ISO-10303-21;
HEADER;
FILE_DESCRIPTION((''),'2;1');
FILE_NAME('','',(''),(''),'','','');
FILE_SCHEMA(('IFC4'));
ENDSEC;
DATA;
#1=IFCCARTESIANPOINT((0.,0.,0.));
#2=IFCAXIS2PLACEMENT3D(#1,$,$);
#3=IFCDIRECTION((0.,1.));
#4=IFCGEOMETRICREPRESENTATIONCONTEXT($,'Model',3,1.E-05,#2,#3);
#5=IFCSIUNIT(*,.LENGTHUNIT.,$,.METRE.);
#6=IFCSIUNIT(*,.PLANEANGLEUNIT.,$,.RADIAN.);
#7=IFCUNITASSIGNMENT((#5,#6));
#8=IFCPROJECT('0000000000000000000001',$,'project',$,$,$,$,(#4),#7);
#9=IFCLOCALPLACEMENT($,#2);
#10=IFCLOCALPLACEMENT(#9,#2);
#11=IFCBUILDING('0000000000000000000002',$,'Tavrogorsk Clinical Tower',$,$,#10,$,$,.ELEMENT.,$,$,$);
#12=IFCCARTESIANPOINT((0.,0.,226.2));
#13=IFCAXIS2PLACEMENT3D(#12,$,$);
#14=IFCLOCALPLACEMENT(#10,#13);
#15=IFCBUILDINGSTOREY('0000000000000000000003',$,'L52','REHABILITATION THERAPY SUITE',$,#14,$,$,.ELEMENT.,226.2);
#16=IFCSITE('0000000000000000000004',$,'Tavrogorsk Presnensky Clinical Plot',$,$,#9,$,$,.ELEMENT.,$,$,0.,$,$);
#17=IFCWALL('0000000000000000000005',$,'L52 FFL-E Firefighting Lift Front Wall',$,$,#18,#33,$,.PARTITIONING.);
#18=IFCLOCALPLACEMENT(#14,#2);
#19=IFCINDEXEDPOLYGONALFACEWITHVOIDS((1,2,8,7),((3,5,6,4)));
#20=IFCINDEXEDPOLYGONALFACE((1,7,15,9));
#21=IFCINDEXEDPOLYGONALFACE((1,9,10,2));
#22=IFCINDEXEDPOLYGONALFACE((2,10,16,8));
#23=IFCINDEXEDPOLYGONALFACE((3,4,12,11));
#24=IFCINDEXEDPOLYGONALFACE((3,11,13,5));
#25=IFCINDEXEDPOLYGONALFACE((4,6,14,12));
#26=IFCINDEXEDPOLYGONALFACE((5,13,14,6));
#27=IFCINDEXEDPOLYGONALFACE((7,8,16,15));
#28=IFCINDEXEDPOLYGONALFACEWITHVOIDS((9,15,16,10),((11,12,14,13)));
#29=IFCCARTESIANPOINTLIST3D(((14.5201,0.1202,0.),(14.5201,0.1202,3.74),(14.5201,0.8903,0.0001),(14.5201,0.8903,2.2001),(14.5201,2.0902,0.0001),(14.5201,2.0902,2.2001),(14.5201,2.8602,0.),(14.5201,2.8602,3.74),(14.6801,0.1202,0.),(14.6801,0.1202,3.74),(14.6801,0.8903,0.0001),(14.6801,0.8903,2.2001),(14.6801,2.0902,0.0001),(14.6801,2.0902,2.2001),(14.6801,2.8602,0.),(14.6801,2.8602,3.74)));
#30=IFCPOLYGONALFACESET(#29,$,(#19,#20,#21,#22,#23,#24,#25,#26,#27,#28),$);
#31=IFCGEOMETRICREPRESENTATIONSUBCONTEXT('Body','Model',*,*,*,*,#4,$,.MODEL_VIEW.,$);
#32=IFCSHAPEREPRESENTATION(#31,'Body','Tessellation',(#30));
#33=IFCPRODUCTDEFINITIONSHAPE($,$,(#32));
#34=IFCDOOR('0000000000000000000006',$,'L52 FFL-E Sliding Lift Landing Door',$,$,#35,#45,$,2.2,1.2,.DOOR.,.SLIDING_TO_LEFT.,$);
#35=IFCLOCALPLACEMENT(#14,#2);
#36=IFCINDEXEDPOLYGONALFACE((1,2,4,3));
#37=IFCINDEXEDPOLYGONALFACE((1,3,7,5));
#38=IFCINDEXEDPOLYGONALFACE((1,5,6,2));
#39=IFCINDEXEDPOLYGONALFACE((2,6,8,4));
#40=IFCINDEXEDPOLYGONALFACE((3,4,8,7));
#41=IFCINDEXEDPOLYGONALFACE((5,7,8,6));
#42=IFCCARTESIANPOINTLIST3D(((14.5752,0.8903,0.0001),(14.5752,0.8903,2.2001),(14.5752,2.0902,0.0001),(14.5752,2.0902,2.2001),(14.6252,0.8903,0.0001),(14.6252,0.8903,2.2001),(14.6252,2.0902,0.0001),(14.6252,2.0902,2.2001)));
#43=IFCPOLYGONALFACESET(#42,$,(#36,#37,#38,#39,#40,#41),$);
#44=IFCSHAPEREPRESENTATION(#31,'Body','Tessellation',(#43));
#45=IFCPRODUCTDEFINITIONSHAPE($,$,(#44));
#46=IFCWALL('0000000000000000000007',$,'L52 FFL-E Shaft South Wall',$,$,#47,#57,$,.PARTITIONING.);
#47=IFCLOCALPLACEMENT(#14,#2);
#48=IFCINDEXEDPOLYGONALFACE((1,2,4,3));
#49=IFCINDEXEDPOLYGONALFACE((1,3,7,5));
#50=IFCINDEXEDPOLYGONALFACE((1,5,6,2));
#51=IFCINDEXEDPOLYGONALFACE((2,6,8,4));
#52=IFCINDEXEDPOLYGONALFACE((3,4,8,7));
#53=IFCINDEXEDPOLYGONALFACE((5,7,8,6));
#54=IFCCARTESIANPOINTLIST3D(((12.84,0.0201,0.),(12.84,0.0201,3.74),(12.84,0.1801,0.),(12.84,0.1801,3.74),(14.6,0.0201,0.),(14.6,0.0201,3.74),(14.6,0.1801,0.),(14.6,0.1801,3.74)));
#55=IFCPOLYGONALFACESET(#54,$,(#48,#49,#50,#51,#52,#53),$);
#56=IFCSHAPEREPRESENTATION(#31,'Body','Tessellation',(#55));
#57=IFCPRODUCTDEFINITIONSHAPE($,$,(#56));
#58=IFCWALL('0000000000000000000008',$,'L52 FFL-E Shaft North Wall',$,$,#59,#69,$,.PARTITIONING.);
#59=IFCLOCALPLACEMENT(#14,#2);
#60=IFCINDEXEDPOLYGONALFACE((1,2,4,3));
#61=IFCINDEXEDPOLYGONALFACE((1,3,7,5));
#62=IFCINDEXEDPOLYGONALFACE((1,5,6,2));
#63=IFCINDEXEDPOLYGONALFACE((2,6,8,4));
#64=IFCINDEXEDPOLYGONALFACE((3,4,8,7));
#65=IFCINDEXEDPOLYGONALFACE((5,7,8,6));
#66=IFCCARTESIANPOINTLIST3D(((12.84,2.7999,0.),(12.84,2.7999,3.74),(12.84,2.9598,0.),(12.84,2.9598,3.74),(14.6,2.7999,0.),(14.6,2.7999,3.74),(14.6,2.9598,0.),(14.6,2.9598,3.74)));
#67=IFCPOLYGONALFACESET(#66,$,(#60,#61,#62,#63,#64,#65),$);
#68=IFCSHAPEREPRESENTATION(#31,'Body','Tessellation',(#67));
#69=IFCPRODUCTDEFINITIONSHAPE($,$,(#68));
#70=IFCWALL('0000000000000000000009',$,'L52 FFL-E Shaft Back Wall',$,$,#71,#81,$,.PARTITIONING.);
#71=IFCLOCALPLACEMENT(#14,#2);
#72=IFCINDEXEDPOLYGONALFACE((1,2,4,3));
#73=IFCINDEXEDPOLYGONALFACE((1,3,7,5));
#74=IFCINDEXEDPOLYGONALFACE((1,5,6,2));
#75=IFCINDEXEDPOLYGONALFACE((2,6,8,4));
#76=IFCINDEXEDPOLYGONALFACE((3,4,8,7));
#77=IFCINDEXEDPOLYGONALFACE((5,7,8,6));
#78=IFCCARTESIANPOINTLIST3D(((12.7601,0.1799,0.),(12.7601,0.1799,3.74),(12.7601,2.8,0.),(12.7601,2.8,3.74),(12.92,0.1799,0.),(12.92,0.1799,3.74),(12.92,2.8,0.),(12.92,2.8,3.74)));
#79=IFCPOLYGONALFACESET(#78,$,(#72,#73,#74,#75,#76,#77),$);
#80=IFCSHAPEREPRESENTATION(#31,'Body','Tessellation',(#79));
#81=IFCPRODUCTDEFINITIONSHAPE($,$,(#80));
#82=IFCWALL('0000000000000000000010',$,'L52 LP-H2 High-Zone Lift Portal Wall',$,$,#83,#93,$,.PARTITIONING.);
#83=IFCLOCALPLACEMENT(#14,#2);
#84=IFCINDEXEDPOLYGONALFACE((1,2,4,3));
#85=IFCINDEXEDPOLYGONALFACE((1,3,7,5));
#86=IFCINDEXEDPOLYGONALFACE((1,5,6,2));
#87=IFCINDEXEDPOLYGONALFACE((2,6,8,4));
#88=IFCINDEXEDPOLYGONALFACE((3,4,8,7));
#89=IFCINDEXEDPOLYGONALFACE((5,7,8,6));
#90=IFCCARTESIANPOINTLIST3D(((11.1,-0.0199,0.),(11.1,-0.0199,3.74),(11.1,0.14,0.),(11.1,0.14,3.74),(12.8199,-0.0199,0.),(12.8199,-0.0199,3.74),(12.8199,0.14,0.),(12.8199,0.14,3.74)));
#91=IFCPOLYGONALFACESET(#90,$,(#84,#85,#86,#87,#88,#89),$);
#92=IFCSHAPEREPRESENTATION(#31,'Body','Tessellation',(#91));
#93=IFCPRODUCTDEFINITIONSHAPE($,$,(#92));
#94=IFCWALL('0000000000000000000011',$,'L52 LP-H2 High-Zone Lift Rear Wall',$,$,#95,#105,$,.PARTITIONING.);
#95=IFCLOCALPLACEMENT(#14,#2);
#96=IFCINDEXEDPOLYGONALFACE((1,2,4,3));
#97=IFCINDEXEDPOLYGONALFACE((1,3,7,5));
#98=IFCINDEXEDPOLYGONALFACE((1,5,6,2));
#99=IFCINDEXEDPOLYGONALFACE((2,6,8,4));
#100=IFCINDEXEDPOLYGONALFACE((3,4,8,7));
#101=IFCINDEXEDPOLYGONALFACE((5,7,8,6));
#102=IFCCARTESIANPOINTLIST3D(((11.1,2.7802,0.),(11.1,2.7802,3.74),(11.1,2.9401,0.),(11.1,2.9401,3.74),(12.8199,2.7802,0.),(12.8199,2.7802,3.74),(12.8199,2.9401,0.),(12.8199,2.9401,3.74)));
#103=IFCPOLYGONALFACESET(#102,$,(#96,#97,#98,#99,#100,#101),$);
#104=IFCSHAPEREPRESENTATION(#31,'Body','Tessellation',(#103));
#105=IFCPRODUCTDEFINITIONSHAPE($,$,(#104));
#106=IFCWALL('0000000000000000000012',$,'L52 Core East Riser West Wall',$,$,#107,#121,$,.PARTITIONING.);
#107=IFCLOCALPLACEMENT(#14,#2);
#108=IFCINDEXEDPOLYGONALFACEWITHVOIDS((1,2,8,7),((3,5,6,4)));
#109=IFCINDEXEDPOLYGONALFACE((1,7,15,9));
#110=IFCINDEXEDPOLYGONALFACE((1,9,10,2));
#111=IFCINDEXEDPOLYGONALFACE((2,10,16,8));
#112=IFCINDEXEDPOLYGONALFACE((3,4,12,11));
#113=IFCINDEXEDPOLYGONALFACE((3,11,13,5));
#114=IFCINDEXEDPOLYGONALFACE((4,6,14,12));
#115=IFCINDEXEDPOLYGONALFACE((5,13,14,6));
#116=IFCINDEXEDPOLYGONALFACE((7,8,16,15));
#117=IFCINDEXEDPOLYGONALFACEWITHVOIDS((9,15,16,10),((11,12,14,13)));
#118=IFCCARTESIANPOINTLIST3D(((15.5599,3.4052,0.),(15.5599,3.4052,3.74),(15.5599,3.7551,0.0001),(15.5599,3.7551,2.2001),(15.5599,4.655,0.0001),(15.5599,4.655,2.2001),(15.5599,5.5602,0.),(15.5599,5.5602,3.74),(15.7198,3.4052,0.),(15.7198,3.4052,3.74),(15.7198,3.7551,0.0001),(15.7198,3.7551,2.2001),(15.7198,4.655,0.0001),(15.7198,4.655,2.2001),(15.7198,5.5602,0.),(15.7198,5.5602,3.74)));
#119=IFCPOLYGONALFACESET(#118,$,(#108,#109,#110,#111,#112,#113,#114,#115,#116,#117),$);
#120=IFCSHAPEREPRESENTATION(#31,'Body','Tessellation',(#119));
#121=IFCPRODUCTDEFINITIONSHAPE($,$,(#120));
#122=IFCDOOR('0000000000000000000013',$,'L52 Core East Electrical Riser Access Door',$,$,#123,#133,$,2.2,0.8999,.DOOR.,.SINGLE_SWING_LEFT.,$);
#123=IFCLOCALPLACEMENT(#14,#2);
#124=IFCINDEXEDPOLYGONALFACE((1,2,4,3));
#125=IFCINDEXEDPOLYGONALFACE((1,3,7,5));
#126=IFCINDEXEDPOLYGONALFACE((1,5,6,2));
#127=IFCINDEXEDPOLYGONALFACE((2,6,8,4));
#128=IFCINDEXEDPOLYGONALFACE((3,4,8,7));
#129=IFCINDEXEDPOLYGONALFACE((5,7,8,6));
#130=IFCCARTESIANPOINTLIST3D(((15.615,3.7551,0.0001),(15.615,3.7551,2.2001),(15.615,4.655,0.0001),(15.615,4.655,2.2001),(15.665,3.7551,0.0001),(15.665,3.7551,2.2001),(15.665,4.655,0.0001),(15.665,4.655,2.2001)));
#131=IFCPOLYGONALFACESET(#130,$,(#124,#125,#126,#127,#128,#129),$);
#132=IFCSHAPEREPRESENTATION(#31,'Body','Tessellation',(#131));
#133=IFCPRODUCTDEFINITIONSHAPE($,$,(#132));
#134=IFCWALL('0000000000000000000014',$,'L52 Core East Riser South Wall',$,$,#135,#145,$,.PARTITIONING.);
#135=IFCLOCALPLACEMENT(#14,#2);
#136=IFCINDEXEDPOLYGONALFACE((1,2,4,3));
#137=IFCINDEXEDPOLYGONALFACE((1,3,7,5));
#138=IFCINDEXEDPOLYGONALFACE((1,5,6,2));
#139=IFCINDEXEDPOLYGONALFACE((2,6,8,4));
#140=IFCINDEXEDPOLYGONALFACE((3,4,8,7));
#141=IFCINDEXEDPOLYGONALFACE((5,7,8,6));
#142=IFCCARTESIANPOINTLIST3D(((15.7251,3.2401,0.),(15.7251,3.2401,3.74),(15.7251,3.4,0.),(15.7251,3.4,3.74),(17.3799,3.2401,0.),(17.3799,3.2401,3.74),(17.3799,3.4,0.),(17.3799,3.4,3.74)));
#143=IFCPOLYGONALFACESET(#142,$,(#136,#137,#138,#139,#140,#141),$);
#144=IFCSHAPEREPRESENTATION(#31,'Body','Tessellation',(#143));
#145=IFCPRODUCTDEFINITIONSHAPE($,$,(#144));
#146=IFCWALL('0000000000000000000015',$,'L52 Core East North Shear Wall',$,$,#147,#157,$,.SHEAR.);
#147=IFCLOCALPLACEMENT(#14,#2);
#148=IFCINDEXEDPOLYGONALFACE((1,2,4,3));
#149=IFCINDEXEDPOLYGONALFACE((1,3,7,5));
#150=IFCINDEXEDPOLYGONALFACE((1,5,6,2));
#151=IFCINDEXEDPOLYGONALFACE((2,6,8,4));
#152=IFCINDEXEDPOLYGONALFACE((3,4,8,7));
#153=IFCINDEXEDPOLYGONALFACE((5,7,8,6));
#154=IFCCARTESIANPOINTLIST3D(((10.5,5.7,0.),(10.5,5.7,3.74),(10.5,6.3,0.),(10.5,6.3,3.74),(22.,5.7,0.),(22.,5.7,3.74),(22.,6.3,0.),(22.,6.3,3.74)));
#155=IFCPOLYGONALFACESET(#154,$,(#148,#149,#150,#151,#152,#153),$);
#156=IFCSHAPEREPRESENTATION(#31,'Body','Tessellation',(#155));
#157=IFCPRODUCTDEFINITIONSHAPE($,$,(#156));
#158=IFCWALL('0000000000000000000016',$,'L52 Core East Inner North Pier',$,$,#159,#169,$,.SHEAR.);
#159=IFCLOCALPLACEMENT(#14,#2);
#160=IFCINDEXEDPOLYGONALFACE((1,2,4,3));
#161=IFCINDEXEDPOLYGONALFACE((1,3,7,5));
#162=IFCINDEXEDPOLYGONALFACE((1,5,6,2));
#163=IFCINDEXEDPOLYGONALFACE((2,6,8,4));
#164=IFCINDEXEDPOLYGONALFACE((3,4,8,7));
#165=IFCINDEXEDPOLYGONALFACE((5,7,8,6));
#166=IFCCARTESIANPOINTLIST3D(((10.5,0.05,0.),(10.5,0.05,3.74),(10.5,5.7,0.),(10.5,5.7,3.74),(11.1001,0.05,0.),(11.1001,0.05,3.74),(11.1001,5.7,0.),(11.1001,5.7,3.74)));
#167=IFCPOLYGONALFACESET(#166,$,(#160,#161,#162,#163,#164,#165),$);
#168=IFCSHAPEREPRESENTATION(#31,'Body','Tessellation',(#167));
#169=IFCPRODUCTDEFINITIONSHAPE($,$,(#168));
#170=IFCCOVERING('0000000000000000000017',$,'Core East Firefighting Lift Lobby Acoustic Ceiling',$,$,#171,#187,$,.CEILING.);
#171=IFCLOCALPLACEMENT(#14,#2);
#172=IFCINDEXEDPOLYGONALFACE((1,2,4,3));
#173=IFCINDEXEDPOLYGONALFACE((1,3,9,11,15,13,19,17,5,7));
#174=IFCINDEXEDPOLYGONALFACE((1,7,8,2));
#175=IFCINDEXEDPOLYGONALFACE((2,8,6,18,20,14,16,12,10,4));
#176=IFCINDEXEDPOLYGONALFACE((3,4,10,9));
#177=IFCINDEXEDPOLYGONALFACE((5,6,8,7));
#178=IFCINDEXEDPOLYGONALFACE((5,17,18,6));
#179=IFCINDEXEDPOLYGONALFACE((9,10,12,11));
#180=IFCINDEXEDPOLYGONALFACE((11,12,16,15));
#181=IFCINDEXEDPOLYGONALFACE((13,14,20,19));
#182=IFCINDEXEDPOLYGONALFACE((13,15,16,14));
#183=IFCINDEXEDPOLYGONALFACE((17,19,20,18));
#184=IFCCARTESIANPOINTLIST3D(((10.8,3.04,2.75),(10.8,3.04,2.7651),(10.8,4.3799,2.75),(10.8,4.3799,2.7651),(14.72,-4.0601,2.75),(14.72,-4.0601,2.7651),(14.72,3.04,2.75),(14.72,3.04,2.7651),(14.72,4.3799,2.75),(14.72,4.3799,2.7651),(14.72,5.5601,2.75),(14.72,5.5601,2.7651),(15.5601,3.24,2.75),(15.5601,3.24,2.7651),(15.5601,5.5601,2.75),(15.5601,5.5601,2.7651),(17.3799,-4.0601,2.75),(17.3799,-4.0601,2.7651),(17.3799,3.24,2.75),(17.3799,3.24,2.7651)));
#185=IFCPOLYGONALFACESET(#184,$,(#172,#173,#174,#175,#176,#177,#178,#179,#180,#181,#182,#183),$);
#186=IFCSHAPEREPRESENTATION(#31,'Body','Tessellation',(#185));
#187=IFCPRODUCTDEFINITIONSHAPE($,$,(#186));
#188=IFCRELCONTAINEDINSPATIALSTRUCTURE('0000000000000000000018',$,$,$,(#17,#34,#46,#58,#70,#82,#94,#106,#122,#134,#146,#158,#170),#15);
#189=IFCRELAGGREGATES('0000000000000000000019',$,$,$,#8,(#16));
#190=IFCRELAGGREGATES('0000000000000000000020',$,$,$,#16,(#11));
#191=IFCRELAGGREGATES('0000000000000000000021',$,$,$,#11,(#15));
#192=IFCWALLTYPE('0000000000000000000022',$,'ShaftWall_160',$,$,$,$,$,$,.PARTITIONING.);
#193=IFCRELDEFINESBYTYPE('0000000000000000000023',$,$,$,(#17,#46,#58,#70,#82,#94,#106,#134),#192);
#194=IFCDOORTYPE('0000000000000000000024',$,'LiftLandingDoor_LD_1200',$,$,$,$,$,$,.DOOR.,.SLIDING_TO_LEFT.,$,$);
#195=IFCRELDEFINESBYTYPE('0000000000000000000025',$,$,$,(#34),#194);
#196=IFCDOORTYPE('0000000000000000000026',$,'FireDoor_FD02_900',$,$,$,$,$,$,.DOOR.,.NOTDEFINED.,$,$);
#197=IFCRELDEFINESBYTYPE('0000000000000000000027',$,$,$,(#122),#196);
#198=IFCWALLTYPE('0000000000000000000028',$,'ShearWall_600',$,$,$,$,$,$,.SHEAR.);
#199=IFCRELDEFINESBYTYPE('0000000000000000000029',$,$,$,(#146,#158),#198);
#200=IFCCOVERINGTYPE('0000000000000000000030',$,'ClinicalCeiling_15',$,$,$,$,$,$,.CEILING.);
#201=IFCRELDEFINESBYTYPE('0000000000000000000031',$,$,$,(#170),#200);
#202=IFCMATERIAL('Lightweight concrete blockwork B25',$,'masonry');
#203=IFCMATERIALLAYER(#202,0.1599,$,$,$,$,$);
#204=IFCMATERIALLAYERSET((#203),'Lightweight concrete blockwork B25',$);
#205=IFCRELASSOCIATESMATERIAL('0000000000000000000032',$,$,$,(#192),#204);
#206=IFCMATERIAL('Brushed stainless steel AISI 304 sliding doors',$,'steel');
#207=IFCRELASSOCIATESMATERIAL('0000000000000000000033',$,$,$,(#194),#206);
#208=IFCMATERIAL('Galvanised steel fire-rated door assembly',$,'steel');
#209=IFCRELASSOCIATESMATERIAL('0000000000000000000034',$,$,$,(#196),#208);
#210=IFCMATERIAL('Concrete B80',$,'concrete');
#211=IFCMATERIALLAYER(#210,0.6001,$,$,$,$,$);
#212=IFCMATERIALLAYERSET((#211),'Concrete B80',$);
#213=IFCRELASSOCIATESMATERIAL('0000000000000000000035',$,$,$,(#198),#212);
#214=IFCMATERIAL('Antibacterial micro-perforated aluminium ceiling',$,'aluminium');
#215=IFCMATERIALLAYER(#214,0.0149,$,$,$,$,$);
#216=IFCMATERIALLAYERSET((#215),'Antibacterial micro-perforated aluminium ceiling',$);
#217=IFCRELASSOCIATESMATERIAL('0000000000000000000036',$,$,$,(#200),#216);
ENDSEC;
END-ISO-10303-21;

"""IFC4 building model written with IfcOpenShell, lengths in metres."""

from ifc_helpers import new_model, si_unit, direction, frame, frame_2d, origin, place, context, subcontext, project, spatial, polyline, rectangle, outline, extrude, material, layer, layer_set, type_object, element, fill, save


model = new_model("IFC4")

# Units and contexts
model_context = context("Model", 3, precision=1e-05, world=origin(), true_north=direction((0.0, 1.0)))
body_context = subcontext(model_context, "Body", "Model", "MODEL_VIEW")
ifc_project = project(units=[si_unit("LENGTHUNIT", "METRE"), si_unit("PLANEANGLEUNIT", "RADIAN")], contexts=[model_context])

# Site, building, storey
site_placement = place(None, origin())
site = spatial("IfcSite", under=ifc_project, at=site_placement, Name="Tavrogorsk Presnensky Clinical Plot", CompositionType="ELEMENT", RefElevation=0.0)
building_placement = place(site_placement, origin())
building = spatial("IfcBuilding", under=site, at=building_placement, Name="Tavrogorsk Clinical Tower", CompositionType="ELEMENT")
storey_placement = place(building_placement, frame((0.0, 0.0, 226.2)))
storey = spatial("IfcBuildingStorey", under=building, at=storey_placement, Name="L52", Description="REHABILITATION THERAPY SUITE", CompositionType="ELEMENT", Elevation=226.2)

# Wall, opening, door
ifc_material_1 = material(Name="Lightweight concrete blockwork B25", Category="masonry")
ifc_layer_1 = layer(ifc_material_1, 0.1599)
ifc_layer_set_1 = layer_set([ifc_layer_1], Name="Lightweight concrete blockwork B25")
wall_type_1 = type_object("IfcWallType", Name="ShaftWall_160", PredefinedType="PARTITIONING", material=ifc_layer_set_1)
wall_1_placement = place(storey_placement, frame((14.6001, 0.1201, 0.0), z_axis=(0.0, 0.0, 1.0), x_axis=(0.0, 1.0, 0.0)))
wall_1 = element("IfcWall", 1, at=wall_1_placement, inside=storey, type_object=wall_type_1, Name="L52 FFL-E Firefighting Lift Front Wall", PredefinedType="PARTITIONING", context=body_context, shape_type="SweptSolid", body=[
    extrude(rectangle(XDim=2.74, YDim=0.1599, at=frame_2d((1.3701, 0.0))), origin(), (0.0, 0.0, 1.0), 3.74),
])
opening_1_placement = place(wall_1_placement, frame((0.77, 0.0, 0.0)))
opening_1 = element("IfcOpeningElement", 2, at=opening_1_placement, cuts=wall_1, PredefinedType="OPENING", context=body_context, shape_type="SweptSolid", body=[
    extrude(rectangle(XDim=1.2, YDim=2.2, at=frame_2d((0.6001, 1.1001))), frame((0.0, 0.0898, 0.0), z_axis=(0.0, -1.0, 0.0), x_axis=(1.0, 0.0, 0.0)), (0.0, 0.0, 1.0), 0.1799),
])
ifc_material_2 = material(Name="Brushed stainless steel AISI 304 sliding doors", Category="steel")
door_type_1 = type_object("IfcDoorType", Name="LiftLandingDoor_LD_1200", OperationType="SLIDING_TO_LEFT", PredefinedType="DOOR", material=ifc_material_2)
door_1_placement = place(opening_1_placement, origin())
door_1 = element("IfcDoor", 3, at=door_1_placement, inside=storey, type_object=door_type_1, Name="L52 FFL-E Sliding Lift Landing Door", OperationType="SLIDING_TO_LEFT", OverallHeight=2.2, OverallWidth=1.2, PredefinedType="DOOR", context=body_context, shape_type="SweptSolid", body=[
    extrude(rectangle(XDim=1.2, YDim=2.2, at=frame_2d((0.6001, 1.1001))), frame((0.0, 0.0249, 0.0), z_axis=(0.0, -1.0, 0.0), x_axis=(1.0, 0.0, 0.0)), (0.0, 0.0, 1.0), 0.05),
])
fill(opening_1, door_1)

# Walls
for number, where, z_axis, x_axis, name in (
    (4, (12.8401, 0.1001, 0.0), (0.0, 0.0, 1.0), (1.0, 0.0, 0.0), "L52 FFL-E Shaft South Wall"),
    (5, (12.8401, 2.8799, 0.0), (0.0, 0.0, 1.0), (1.0, 0.0, 0.0), "L52 FFL-E Shaft North Wall"),
):
    element("IfcWall", number, at=place(storey_placement, frame(where, z_axis=z_axis, x_axis=x_axis)), inside=storey, type_object=wall_type_1, Name=name, PredefinedType="PARTITIONING", context=body_context, shape_type="SweptSolid", body=[
        extrude(rectangle(XDim=1.76, YDim=0.1599, at=frame_2d((0.8799, 0.0))), origin(), (0.0, 0.0, 1.0), 3.74),
    ])
wall_2_placement = place(storey_placement, frame((12.8401, 0.1799, 0.0), z_axis=(0.0, 0.0, 1.0), x_axis=(0.0, 1.0, 0.0)))
element("IfcWall", 6, at=wall_2_placement, inside=storey, type_object=wall_type_1, Name="L52 FFL-E Shaft Back Wall", PredefinedType="PARTITIONING", context=body_context, shape_type="SweptSolid", body=[
    extrude(rectangle(XDim=2.6201, YDim=0.1599, at=frame_2d((1.3101, 0.0))), origin(), (0.0, 0.0, 1.0), 3.74),
])
for number, where, z_axis, x_axis, name in (
    (7, (11.1001, 0.0601, 0.0), (0.0, 0.0, 1.0), (1.0, 0.0, 0.0), "L52 LP-H2 High-Zone Lift Portal Wall"),
    (8, (11.1001, 2.8601, 0.0), (0.0, 0.0, 1.0), (1.0, 0.0, 0.0), "L52 LP-H2 High-Zone Lift Rear Wall"),
):
    element("IfcWall", number, at=place(storey_placement, frame(where, z_axis=z_axis, x_axis=x_axis)), inside=storey, type_object=wall_type_1, Name=name, PredefinedType="PARTITIONING", context=body_context, shape_type="SweptSolid", body=[
        extrude(rectangle(XDim=1.72, YDim=0.1599, at=frame_2d((0.8599, 0.0))), origin(), (0.0, 0.0, 1.0), 3.74),
    ])

# Wall, opening, door
wall_3_placement = place(storey_placement, frame((15.6399, 3.405, 0.0), z_axis=(0.0, 0.0, 1.0), x_axis=(0.0, 1.0, 0.0)))
wall_3 = element("IfcWall", 9, at=wall_3_placement, inside=storey, type_object=wall_type_1, Name="L52 Core East Riser West Wall", PredefinedType="PARTITIONING", context=body_context, shape_type="SweptSolid", body=[
    extrude(rectangle(XDim=2.155, YDim=0.1599, at=frame_2d((1.0776, 0.0))), origin(), (0.0, 0.0, 1.0), 3.74),
])
opening_2_placement = place(wall_3_placement, frame((0.3501, 0.0, 0.0)))
opening_2 = element("IfcOpeningElement", 10, at=opening_2_placement, cuts=wall_3, PredefinedType="OPENING", context=body_context, shape_type="SweptSolid", body=[
    extrude(rectangle(XDim=0.8999, YDim=2.2, at=frame_2d((0.45, 1.1001))), frame((0.0, 0.0898, 0.0), z_axis=(0.0, -1.0, 0.0), x_axis=(1.0, 0.0, 0.0)), (0.0, 0.0, 1.0), 0.1799),
])
ifc_material_3 = material(Name="Galvanised steel fire-rated door assembly", Category="steel")
door_type_2 = type_object("IfcDoorType", Name="FireDoor_FD02_900", OperationType="NOTDEFINED", PredefinedType="DOOR", material=ifc_material_3)
door_2_placement = place(opening_2_placement, origin())
door_2 = element("IfcDoor", 11, at=door_2_placement, inside=storey, type_object=door_type_2, Name="L52 Core East Electrical Riser Access Door", OperationType="SINGLE_SWING_LEFT", OverallHeight=2.2, OverallWidth=0.8999, PredefinedType="DOOR", context=body_context, shape_type="SweptSolid", body=[
    extrude(rectangle(XDim=0.8999, YDim=2.2, at=frame_2d((0.45, 1.1001))), frame((0.0, 0.0249, 0.0), z_axis=(0.0, -1.0, 0.0), x_axis=(1.0, 0.0, 0.0)), (0.0, 0.0, 1.0), 0.05),
])
fill(opening_2, door_2)

# Walls
wall_4_placement = place(storey_placement, frame((15.7251, 3.3201, 0.0), z_axis=(0.0, 0.0, 1.0), x_axis=(1.0, 0.0, 0.0)))
element("IfcWall", 12, at=wall_4_placement, inside=storey, type_object=wall_type_1, Name="L52 Core East Riser South Wall", PredefinedType="PARTITIONING", context=body_context, shape_type="SweptSolid", body=[
    extrude(rectangle(XDim=1.6548, YDim=0.1599, at=frame_2d((0.8274, 0.0))), origin(), (0.0, 0.0, 1.0), 3.74),
])
ifc_material_4 = material(Name="Concrete B80", Category="concrete")
ifc_layer_2 = layer(ifc_material_4, 0.6001)
ifc_layer_set_2 = layer_set([ifc_layer_2], Name="Concrete B80")
wall_type_2 = type_object("IfcWallType", Name="ShearWall_600", PredefinedType="SHEAR", material=ifc_layer_set_2)
wall_5_placement = place(storey_placement, frame((10.5, 6.0, 0.0), z_axis=(0.0, 0.0, 1.0), x_axis=(1.0, 0.0, 0.0)))
element("IfcWall", 13, at=wall_5_placement, inside=storey, type_object=wall_type_2, Name="L52 Core East North Shear Wall", PredefinedType="SHEAR", context=body_context, shape_type="SweptSolid", body=[
    extrude(rectangle(XDim=11.5, YDim=0.6001, at=frame_2d((5.75, 0.0))), origin(), (0.0, 0.0, 1.0), 3.74),
])
wall_6_placement = place(storey_placement, frame((10.8, 0.05, 0.0), z_axis=(0.0, 0.0, 1.0), x_axis=(0.0, 1.0, 0.0)))
element("IfcWall", 14, at=wall_6_placement, inside=storey, type_object=wall_type_2, Name="L52 Core East Inner North Pier", PredefinedType="SHEAR", context=body_context, shape_type="SweptSolid", body=[
    extrude(rectangle(XDim=5.6499, YDim=0.6001, at=frame_2d((2.825, 0.0))), origin(), (0.0, 0.0, 1.0), 3.74),
])

# Covering
ifc_material_5 = material(Name="Antibacterial micro-perforated aluminium ceiling", Category="aluminium")
ifc_layer_3 = layer(ifc_material_5, 0.0149)
ifc_layer_set_3 = layer_set([ifc_layer_3], Name="Antibacterial micro-perforated aluminium ceiling")
covering_type = type_object("IfcCoveringType", Name="ClinicalCeiling_15", PredefinedType="CEILING", material=ifc_layer_set_3)
covering_placement = place(storey_placement, frame((0.0, 0.0, 2.75)))
element("IfcCovering", 15, at=covering_placement, inside=storey, type_object=covering_type, Name="Core East Firefighting Lift Lobby Acoustic Ceiling", PredefinedType="CEILING", context=body_context, shape_type="SweptSolid", body=[
    extrude(outline(polyline([(14.72, -4.0601), (14.72, 3.04), (10.8, 3.04), (10.8, 4.3799), (14.72, 4.3799), (14.72, 5.5601), (15.5601, 5.5601), (15.5601, 3.24), (17.3799, 3.24), (17.3799, -4.0601), (14.72, -4.0601)])), origin(), (0.0, 0.0, 1.0), 0.0151),
])

save(model, "model.ifc")
